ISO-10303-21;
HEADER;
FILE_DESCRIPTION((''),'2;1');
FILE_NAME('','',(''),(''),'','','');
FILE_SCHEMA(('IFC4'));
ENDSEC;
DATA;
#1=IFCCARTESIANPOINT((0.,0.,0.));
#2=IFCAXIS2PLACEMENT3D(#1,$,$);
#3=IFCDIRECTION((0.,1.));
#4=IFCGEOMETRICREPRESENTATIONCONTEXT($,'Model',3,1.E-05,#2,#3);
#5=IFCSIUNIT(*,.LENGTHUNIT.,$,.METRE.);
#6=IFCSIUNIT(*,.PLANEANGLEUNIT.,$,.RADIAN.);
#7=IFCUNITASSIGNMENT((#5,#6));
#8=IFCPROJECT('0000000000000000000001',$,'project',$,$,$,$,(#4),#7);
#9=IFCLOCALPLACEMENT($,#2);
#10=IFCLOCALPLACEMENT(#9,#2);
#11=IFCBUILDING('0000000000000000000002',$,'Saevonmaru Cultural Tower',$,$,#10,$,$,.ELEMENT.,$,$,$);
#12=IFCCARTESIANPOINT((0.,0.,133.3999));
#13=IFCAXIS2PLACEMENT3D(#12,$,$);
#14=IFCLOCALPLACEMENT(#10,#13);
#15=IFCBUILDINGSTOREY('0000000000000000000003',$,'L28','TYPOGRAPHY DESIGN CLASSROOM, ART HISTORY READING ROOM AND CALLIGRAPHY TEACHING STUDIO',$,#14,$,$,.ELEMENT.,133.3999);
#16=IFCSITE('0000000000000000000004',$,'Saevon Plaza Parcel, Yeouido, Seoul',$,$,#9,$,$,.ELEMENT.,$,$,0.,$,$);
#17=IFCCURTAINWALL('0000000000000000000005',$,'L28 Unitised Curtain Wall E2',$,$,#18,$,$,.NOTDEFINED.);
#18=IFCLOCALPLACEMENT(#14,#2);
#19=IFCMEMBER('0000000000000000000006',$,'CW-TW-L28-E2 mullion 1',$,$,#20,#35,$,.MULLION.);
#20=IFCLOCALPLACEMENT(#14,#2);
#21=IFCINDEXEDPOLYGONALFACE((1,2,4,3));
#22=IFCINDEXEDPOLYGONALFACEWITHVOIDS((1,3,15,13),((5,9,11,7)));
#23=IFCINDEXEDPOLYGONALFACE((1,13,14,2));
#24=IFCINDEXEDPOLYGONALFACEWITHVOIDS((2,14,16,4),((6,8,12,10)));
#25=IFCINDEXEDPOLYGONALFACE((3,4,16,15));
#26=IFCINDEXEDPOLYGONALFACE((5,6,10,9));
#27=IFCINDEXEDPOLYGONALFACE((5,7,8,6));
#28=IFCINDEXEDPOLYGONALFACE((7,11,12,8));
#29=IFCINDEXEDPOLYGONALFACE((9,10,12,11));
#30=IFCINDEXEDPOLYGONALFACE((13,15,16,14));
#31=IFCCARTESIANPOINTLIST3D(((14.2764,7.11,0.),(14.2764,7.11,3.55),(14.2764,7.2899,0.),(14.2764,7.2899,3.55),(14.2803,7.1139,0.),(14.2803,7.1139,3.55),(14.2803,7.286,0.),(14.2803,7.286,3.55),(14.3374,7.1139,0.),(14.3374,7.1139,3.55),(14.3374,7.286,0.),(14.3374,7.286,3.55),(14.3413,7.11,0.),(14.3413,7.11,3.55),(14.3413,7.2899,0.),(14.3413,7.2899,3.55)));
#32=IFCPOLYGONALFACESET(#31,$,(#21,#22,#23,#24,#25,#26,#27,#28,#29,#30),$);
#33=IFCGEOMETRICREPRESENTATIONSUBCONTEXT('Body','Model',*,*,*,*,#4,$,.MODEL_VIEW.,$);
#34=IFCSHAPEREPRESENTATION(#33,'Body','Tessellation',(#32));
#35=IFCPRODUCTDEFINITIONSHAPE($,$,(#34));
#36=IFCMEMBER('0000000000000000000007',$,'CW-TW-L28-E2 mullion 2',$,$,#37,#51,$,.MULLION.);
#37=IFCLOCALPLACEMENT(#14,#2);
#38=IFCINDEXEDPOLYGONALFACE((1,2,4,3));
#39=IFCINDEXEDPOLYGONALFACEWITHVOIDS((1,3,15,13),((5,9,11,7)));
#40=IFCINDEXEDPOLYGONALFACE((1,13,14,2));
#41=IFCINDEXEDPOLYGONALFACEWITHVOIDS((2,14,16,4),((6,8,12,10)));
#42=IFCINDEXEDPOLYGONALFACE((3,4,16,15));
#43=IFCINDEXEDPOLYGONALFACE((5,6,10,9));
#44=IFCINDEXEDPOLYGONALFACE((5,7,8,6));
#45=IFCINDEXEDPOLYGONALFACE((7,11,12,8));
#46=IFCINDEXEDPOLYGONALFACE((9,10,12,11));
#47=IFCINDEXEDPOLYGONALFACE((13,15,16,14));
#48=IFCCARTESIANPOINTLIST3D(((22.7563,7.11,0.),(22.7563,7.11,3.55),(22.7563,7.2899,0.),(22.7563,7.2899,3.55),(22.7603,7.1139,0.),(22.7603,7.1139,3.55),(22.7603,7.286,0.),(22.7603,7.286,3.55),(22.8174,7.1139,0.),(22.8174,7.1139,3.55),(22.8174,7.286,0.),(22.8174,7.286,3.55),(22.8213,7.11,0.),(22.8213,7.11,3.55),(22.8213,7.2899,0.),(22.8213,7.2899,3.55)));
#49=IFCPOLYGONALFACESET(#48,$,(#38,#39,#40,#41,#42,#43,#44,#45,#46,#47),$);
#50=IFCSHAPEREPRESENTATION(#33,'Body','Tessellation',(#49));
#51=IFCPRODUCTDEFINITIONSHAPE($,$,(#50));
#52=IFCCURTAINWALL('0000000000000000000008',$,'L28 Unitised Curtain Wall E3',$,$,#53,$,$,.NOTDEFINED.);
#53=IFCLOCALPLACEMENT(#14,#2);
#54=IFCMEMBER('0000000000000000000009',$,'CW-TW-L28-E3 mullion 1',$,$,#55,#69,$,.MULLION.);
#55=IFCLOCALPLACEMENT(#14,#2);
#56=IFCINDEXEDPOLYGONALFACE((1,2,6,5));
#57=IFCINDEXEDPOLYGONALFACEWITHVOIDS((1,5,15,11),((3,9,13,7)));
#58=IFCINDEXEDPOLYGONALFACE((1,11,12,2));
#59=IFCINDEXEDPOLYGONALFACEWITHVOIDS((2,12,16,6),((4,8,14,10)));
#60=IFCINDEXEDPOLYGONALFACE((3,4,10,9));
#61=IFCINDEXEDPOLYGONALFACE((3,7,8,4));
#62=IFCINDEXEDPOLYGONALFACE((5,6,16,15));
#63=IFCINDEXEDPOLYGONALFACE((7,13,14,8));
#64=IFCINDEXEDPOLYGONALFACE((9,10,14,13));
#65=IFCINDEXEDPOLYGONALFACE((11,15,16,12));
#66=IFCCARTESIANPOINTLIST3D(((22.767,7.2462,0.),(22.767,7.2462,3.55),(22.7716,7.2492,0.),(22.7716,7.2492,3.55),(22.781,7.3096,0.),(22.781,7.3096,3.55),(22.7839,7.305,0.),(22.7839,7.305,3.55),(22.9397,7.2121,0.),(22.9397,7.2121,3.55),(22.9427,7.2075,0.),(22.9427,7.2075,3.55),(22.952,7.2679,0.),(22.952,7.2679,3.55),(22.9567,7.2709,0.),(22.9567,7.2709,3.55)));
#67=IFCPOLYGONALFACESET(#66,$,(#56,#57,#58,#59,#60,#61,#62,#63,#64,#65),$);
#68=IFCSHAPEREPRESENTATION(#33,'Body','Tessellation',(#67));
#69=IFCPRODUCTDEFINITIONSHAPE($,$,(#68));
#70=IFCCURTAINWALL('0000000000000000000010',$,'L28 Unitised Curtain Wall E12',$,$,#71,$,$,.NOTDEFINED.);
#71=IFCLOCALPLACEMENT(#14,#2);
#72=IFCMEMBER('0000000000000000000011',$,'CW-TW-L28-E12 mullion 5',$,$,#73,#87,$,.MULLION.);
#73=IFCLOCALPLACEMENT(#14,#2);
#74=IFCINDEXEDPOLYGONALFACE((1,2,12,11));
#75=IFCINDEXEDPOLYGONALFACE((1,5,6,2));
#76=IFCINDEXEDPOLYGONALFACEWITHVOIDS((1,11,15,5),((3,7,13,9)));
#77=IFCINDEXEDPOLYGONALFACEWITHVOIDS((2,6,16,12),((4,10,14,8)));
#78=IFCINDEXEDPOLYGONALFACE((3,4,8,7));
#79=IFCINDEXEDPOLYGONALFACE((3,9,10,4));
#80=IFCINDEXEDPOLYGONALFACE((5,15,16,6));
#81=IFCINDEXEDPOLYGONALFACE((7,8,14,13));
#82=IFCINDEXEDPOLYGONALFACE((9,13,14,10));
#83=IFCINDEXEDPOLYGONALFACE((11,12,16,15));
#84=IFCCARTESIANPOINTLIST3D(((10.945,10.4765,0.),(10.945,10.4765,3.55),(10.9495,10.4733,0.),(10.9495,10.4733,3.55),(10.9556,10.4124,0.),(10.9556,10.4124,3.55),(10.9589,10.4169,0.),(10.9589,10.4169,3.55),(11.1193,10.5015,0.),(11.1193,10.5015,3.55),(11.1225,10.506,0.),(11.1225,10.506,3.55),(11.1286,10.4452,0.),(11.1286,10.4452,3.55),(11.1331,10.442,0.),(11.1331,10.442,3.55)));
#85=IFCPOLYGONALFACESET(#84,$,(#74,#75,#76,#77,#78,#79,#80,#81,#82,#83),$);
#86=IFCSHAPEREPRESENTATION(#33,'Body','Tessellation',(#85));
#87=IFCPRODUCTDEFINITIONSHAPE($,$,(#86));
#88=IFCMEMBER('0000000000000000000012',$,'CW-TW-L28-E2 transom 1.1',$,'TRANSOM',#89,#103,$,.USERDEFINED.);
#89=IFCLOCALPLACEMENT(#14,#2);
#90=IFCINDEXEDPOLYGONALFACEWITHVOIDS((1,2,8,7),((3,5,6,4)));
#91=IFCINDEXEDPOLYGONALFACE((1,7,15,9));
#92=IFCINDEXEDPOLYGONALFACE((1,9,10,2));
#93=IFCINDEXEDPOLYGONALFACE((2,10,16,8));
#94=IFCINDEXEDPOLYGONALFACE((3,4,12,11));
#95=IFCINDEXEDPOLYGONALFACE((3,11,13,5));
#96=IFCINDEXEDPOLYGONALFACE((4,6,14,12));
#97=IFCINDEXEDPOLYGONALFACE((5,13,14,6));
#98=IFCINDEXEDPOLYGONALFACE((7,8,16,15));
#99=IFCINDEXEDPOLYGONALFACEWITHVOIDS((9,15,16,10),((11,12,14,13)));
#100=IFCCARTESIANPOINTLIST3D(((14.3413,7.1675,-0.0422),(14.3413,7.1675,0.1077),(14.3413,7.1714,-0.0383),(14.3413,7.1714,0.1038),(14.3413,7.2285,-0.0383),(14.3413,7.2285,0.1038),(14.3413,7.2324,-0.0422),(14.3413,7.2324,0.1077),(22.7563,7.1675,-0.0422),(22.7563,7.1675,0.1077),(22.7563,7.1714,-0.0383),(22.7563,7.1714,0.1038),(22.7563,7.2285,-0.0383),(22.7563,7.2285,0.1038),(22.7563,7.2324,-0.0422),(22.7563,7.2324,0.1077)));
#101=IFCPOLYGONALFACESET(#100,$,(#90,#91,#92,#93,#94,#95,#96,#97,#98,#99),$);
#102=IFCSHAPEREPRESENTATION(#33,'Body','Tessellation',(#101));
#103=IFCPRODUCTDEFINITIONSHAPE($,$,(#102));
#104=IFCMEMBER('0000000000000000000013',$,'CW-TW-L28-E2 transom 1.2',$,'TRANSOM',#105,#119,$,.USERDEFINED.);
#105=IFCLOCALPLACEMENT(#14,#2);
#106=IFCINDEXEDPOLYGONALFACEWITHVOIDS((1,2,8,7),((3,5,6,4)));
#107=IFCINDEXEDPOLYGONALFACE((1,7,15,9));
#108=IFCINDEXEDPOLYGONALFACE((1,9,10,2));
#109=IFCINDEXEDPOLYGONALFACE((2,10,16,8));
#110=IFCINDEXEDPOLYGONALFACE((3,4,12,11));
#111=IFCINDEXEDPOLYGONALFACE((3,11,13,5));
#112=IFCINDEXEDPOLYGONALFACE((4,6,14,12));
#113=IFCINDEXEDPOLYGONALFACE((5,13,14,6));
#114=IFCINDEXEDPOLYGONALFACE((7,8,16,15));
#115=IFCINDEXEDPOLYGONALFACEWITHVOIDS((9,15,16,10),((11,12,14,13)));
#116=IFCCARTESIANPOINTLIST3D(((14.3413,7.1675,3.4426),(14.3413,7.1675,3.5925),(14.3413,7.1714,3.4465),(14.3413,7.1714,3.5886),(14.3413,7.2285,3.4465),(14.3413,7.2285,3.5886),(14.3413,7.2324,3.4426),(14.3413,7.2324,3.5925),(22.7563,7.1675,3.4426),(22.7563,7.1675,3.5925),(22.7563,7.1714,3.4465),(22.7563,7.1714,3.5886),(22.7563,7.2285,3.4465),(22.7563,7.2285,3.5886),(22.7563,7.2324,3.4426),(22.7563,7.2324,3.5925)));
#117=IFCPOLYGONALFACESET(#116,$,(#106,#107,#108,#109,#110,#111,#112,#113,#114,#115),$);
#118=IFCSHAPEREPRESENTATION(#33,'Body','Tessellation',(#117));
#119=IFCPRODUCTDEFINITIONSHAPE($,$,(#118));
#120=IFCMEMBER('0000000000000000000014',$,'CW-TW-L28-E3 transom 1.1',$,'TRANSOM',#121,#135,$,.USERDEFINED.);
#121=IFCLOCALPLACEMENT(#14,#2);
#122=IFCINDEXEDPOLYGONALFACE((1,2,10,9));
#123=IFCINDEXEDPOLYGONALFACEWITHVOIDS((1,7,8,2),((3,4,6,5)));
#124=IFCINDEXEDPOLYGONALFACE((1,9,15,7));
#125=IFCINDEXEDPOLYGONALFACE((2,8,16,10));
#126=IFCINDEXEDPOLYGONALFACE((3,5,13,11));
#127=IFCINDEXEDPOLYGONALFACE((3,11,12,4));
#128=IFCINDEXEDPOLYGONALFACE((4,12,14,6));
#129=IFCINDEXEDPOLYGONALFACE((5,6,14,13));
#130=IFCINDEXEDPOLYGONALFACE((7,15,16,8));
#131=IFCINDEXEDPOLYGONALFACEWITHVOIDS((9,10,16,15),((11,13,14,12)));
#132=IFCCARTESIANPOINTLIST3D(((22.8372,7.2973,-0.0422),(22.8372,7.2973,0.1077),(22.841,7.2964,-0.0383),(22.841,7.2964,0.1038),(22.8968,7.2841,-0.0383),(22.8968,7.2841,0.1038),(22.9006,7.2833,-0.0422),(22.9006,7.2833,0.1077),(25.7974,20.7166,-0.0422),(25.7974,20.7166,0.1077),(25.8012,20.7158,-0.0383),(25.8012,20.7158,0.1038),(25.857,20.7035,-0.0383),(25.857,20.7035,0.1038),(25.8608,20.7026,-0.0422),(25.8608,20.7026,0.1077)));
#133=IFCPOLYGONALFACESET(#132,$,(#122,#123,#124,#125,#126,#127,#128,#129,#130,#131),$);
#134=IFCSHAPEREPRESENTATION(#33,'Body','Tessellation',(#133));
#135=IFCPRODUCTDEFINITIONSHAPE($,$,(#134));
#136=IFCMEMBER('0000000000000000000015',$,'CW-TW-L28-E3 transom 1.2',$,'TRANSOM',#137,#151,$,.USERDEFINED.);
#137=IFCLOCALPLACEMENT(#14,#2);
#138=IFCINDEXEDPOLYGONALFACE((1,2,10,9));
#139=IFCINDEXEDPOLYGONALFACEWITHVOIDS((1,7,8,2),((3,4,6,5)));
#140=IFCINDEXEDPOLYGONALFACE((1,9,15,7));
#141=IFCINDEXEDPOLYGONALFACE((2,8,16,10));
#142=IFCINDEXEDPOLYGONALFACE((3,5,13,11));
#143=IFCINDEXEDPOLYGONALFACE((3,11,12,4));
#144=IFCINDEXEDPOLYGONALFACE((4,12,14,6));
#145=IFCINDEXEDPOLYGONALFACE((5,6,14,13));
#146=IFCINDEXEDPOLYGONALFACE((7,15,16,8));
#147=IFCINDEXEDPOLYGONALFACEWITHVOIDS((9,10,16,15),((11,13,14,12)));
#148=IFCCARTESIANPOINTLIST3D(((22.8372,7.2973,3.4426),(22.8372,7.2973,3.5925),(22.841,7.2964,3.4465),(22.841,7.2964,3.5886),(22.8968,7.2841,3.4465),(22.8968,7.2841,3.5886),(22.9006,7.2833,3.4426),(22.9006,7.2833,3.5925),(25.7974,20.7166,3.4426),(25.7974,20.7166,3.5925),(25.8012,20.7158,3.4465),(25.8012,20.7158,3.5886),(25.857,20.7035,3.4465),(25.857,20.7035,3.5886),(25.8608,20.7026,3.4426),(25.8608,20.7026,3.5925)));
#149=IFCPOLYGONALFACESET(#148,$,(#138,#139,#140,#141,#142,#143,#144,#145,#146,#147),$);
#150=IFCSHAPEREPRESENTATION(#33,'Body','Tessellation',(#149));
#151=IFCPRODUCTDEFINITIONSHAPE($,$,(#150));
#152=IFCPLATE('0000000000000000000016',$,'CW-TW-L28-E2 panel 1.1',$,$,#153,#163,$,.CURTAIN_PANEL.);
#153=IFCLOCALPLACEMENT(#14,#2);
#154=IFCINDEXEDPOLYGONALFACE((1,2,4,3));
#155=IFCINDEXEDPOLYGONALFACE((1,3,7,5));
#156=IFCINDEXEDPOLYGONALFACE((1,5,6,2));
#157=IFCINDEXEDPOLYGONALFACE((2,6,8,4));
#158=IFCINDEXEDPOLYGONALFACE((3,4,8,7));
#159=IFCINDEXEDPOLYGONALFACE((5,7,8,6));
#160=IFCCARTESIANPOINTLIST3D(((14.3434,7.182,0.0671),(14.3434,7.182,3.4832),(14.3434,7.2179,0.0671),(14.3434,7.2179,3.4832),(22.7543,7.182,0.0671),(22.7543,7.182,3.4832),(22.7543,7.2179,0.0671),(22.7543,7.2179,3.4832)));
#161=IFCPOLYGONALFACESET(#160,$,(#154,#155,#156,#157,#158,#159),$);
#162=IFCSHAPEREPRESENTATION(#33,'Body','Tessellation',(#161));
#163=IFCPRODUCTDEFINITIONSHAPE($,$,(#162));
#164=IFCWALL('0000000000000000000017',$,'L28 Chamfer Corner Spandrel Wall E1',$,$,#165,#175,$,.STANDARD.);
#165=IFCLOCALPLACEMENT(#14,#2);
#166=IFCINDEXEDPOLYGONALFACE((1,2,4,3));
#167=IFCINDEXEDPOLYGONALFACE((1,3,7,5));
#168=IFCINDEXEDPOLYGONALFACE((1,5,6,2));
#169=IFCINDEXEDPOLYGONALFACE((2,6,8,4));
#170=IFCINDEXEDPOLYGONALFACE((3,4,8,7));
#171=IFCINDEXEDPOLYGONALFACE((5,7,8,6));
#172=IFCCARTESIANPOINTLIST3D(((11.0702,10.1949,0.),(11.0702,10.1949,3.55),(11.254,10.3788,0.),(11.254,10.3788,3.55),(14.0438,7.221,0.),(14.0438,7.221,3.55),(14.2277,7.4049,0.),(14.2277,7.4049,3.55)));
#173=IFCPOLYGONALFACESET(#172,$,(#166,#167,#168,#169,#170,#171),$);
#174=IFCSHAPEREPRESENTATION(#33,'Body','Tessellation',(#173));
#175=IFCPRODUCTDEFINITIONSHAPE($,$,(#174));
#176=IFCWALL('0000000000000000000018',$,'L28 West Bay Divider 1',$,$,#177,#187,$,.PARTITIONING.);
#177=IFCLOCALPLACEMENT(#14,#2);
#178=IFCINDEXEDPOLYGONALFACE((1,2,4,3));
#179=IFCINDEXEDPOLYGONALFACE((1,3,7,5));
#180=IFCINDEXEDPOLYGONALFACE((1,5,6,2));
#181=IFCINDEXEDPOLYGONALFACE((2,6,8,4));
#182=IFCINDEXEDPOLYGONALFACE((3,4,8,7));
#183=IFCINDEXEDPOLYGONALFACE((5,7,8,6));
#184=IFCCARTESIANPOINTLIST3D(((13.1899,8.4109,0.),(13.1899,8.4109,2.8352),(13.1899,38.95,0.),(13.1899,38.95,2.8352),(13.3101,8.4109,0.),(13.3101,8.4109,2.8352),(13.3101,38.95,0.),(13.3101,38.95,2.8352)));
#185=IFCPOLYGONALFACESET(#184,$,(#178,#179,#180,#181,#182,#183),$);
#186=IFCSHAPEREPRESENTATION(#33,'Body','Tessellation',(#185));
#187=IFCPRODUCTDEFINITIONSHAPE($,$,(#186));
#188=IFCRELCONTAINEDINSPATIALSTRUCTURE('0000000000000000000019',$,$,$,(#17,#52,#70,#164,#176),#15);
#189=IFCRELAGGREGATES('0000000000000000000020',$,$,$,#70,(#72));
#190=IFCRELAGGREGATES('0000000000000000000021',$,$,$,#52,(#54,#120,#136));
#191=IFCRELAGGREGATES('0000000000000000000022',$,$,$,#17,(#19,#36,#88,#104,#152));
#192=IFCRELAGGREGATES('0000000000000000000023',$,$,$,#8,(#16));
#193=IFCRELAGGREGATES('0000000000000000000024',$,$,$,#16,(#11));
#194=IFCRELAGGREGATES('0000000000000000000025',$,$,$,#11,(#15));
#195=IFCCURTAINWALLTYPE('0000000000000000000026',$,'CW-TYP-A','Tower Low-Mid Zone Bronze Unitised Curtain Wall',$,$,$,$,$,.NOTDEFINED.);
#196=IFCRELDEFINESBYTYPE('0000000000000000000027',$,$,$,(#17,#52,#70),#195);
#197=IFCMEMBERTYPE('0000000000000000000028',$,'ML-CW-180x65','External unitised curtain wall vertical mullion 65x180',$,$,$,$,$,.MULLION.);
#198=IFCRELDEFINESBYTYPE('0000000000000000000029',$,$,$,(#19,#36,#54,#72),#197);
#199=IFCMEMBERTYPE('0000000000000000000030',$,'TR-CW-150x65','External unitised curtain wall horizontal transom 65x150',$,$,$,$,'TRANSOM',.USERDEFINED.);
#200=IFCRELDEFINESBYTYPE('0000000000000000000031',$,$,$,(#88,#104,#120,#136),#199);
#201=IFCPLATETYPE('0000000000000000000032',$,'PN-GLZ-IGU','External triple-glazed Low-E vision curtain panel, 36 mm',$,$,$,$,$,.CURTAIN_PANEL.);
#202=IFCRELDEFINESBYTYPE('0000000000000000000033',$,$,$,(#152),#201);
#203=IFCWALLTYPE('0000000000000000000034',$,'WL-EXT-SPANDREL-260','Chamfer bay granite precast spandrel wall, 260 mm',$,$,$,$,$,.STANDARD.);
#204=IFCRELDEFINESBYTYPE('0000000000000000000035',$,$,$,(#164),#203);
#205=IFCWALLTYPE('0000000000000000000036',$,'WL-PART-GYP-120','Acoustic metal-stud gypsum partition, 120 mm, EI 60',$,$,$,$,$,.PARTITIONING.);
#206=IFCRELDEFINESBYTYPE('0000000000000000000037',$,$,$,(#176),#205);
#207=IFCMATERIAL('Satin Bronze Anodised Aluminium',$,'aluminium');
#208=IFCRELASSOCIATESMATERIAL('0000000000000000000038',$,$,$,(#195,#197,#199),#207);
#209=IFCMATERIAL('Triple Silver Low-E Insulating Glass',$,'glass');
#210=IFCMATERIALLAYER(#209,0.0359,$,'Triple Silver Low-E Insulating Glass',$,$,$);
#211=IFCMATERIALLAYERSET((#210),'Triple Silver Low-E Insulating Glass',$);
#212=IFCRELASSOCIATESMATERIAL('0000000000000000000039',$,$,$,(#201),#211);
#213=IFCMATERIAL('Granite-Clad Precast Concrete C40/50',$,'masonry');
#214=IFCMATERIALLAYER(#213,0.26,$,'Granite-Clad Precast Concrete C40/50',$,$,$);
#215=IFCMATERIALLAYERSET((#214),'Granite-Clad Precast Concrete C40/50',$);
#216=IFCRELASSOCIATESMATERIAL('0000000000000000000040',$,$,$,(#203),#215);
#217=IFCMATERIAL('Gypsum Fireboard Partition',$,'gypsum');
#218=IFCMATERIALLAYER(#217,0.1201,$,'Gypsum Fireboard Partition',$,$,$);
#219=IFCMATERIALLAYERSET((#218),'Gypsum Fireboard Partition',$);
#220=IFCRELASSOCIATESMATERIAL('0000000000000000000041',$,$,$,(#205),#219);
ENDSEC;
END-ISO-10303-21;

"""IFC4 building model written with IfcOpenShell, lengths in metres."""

from ifc_helpers import new_model, si_unit, direction, frame, frame_2d, origin, origin_2d, place, context, subcontext, project, spatial, rectangle, hollow_rectangle, extrude, material, layer, layer_set, material_profile, profile_set, type_object, element, aggregate, save


model = new_model("IFC4")

# Units and contexts
model_context = context("Model", 3, precision=1e-05, world=origin(), true_north=direction((0.0, 1.0)))
body_context = subcontext(model_context, "Body", "Model", "MODEL_VIEW")
ifc_project = project(units=[si_unit("LENGTHUNIT", "METRE"), si_unit("PLANEANGLEUNIT", "RADIAN")], contexts=[model_context])

# Site, building, storey
site_placement = place(None, origin())
site = spatial("IfcSite", under=ifc_project, at=site_placement, Name="Saevon Plaza Parcel, Yeouido, Seoul", CompositionType="ELEMENT", RefElevation=0.0)
building_placement = place(site_placement, origin())
building = spatial("IfcBuilding", under=site, at=building_placement, Name="Saevonmaru Cultural Tower", CompositionType="ELEMENT")
storey_placement = place(building_placement, frame((0.0, 0.0, 133.3999)))
storey = spatial("IfcBuildingStorey", under=building, at=storey_placement, Name="L28", Description="TYPOGRAPHY DESIGN CLASSROOM, ART HISTORY READING ROOM AND CALLIGRAPHY TEACHING STUDIO", CompositionType="ELEMENT", Elevation=133.3999)

# Curtain wall, members
ifc_material_1 = material(Name="Satin Bronze Anodised Aluminium", Category="aluminium")
curtain_wall_type = type_object("IfcCurtainWallType", Name="CW-TYP-A", Description="Tower Low-Mid Zone Bronze Unitised Curtain Wall", PredefinedType="NOTDEFINED", material=ifc_material_1)
curtain_wall_1_placement = place(storey_placement, origin())
curtain_wall_1 = element("IfcCurtainWall", 1, at=curtain_wall_1_placement, inside=storey, type_object=curtain_wall_type, Name="L28 Unitised Curtain Wall E2", PredefinedType="NOTDEFINED")
ifc_material_profile_1 = material_profile(ifc_material_1, hollow_rectangle(XDim=0.0649, YDim=0.1799, WallThickness=0.0039, at=origin_2d()), Name="ALU-MULL-180x65x4")
ifc_profile_set_1 = profile_set([ifc_material_profile_1], Name="Satin Bronze Anodised Aluminium")
member_type_1 = type_object("IfcMemberType", Name="ML-CW-180x65", Description="External unitised curtain wall vertical mullion 65x180", PredefinedType="MULLION", material=ifc_profile_set_1)
member_1_placement = place(storey_placement, frame((14.3088, 7.2, 0.0), z_axis=(0.0, 0.0, 1.0), x_axis=(1.0, 0.0, 0.0)))
member_1 = element("IfcMember", 2, at=member_1_placement, type_object=member_type_1, Name="CW-TW-L28-E2 mullion 1", PredefinedType="MULLION", context=body_context, shape_type="SweptSolid", body=[
    extrude(hollow_rectangle(XDim=0.0649, YDim=0.1799, WallThickness=0.0039, at=origin_2d()), origin(), (0.0, 0.0, 1.0), 3.55),
])
member_2_placement = place(storey_placement, frame((22.7888, 7.2, 0.0), z_axis=(0.0, 0.0, 1.0), x_axis=(1.0, 0.0, 0.0)))
member_2 = element("IfcMember", 3, at=member_2_placement, type_object=member_type_1, Name="CW-TW-L28-E2 mullion 2", PredefinedType="MULLION", context=body_context, shape_type="SweptSolid", body=[
    extrude(hollow_rectangle(XDim=0.0649, YDim=0.1799, WallThickness=0.0039, at=origin_2d()), origin(), (0.0, 0.0, 1.0), 3.55),
])

# Curtain walls, members
curtain_wall_2_placement = place(storey_placement, origin())
curtain_wall_2 = element("IfcCurtainWall", 4, at=curtain_wall_2_placement, inside=storey, type_object=curtain_wall_type, Name="L28 Unitised Curtain Wall E3", PredefinedType="NOTDEFINED")
member_3_placement = place(storey_placement, frame((22.8618, 7.2585, 0.0), z_axis=(0.0, 0.0, 1.0), x_axis=(0.215413, 0.976523, 0.0)))
member_3 = element("IfcMember", 5, at=member_3_placement, type_object=member_type_1, Name="CW-TW-L28-E3 mullion 1", PredefinedType="MULLION", context=body_context, shape_type="SweptSolid", body=[
    extrude(hollow_rectangle(XDim=0.0649, YDim=0.1799, WallThickness=0.0039, at=origin_2d()), origin(), (0.0, 0.0, 1.0), 3.55),
])
curtain_wall_3_placement = place(storey_placement, origin())
curtain_wall_3 = element("IfcCurtainWall", 6, at=curtain_wall_3_placement, inside=storey, type_object=curtain_wall_type, Name="L28 Unitised Curtain Wall E12", PredefinedType="NOTDEFINED")
member_4_placement = place(storey_placement, frame((11.0391, 10.4592, 0.0), z_axis=(0.0, 0.0, 1.0), x_axis=(0.163999, -0.986461, 0.0)))
member_4 = element("IfcMember", 7, at=member_4_placement, type_object=member_type_1, Name="CW-TW-L28-E12 mullion 5", PredefinedType="MULLION", context=body_context, shape_type="SweptSolid", body=[
    extrude(hollow_rectangle(XDim=0.0649, YDim=0.1799, WallThickness=0.0039, at=origin_2d()), origin(), (0.0, 0.0, 1.0), 3.55),
])
aggregate(curtain_wall_3, [member_4])

# Members
ifc_material_profile_2 = material_profile(ifc_material_1, hollow_rectangle(XDim=0.0649, YDim=0.1499, WallThickness=0.0039, at=origin_2d()), Name="ALU-TRAN-150x65x4")
ifc_profile_set_2 = profile_set([ifc_material_profile_2], Name="Satin Bronze Anodised Aluminium")
member_type_2 = type_object("IfcMemberType", Name="TR-CW-150x65", Description="External unitised curtain wall horizontal transom 65x150", ElementType="TRANSOM", PredefinedType="USERDEFINED", material=ifc_profile_set_2)
member_5_placement = place(storey_placement, frame((14.3413, 7.2, 0.0327), z_axis=(1.0, 0.0, 0.0), x_axis=(0.0, 1.0, 0.0)))
member_5 = element("IfcMember", 8, at=member_5_placement, type_object=member_type_2, Name="CW-TW-L28-E2 transom 1.1", ObjectType="TRANSOM", PredefinedType="USERDEFINED", context=body_context, shape_type="SweptSolid", body=[
    extrude(hollow_rectangle(XDim=0.0649, YDim=0.1499, WallThickness=0.0039, at=origin_2d()), origin(), (0.0, 0.0, 1.0), 8.415),
])
member_6_placement = place(storey_placement, frame((14.3413, 7.2, 3.5176), z_axis=(1.0, 0.0, 0.0), x_axis=(0.0, 1.0, 0.0)))
member_6 = element("IfcMember", 9, at=member_6_placement, type_object=member_type_2, Name="CW-TW-L28-E2 transom 1.2", ObjectType="TRANSOM", PredefinedType="USERDEFINED", context=body_context, shape_type="SweptSolid", body=[
    extrude(hollow_rectangle(XDim=0.0649, YDim=0.1499, WallThickness=0.0039, at=origin_2d()), origin(), (0.0, 0.0, 1.0), 8.415),
])
member_7_placement = place(storey_placement, frame((22.8689, 7.2903, 0.0327), z_axis=(0.215412, 0.976523, 0.0), x_axis=(-0.976523, 0.215412, 0.0)))
member_7 = element("IfcMember", 10, at=member_7_placement, type_object=member_type_2, Name="CW-TW-L28-E3 transom 1.1", ObjectType="TRANSOM", PredefinedType="USERDEFINED", context=body_context, shape_type="SweptSolid", body=[
    extrude(hollow_rectangle(XDim=0.0649, YDim=0.1499, WallThickness=0.0039, at=origin_2d()), origin(), (0.0, 0.0, 1.0), 13.7419),
])
member_8_placement = place(storey_placement, frame((22.8689, 7.2903, 3.5176), z_axis=(0.215412, 0.976523, 0.0), x_axis=(-0.976523, 0.215412, 0.0)))
member_8 = element("IfcMember", 11, at=member_8_placement, type_object=member_type_2, Name="CW-TW-L28-E3 transom 1.2", ObjectType="TRANSOM", PredefinedType="USERDEFINED", context=body_context, shape_type="SweptSolid", body=[
    extrude(hollow_rectangle(XDim=0.0649, YDim=0.1499, WallThickness=0.0039, at=origin_2d()), origin(), (0.0, 0.0, 1.0), 13.7419),
])
aggregate(curtain_wall_2, [member_3, member_7, member_8])

# Plate
ifc_material_2 = material(Name="Triple Silver Low-E Insulating Glass", Category="glass")
ifc_layer_1 = layer(ifc_material_2, 0.0359, Name="Triple Silver Low-E Insulating Glass")
ifc_layer_set_1 = layer_set([ifc_layer_1], Name="Triple Silver Low-E Insulating Glass")
plate_type = type_object("IfcPlateType", Name="PN-GLZ-IGU", Description="External triple-glazed Low-E vision curtain panel, 36 mm", PredefinedType="CURTAIN_PANEL", material=ifc_layer_set_1)
plate_placement = place(storey_placement, frame((18.5488, 7.2, 0.0671), z_axis=(0.0, 0.0, 1.0), x_axis=(1.0, 0.0, 0.0)))
plate = element("IfcPlate", 12, at=plate_placement, type_object=plate_type, Name="CW-TW-L28-E2 panel 1.1", PredefinedType="CURTAIN_PANEL", context=body_context, shape_type="SweptSolid", body=[
    extrude(rectangle(XDim=8.4109, YDim=0.0359, at=origin_2d()), origin(), (0.0, 0.0, 1.0), 3.416),
])
aggregate(curtain_wall_1, [member_1, member_2, member_5, member_6, plate])

# Walls
ifc_material_3 = material(Name="Granite-Clad Precast Concrete C40/50", Category="masonry")
ifc_layer_2 = layer(ifc_material_3, 0.26, Name="Granite-Clad Precast Concrete C40/50")
ifc_layer_set_2 = layer_set([ifc_layer_2], Name="Granite-Clad Precast Concrete C40/50")
wall_type_1 = type_object("IfcWallType", Name="WL-EXT-SPANDREL-260", Description="Chamfer bay granite precast spandrel wall, 260 mm", PredefinedType="STANDARD", material=ifc_layer_set_2)
wall_1_placement = place(storey_placement, frame((11.1621, 10.2869, 0.0), z_axis=(0.0, 0.0, 1.0), x_axis=(0.707078, -0.707136, 0.0)))
element("IfcWall", 13, at=wall_1_placement, inside=storey, type_object=wall_type_1, Name="L28 Chamfer Corner Spandrel Wall E1", PredefinedType="STANDARD", context=body_context, shape_type="SweptSolid", body=[
    extrude(rectangle(XDim=4.2056, YDim=0.26, at=frame_2d((2.1028, 0.0))), origin(), (0.0, 0.0, 1.0), 3.55),
])
ifc_material_4 = material(Name="Gypsum Fireboard Partition", Category="gypsum")
ifc_layer_3 = layer(ifc_material_4, 0.1201, Name="Gypsum Fireboard Partition")
ifc_layer_set_3 = layer_set([ifc_layer_3], Name="Gypsum Fireboard Partition")
wall_type_2 = type_object("IfcWallType", Name="WL-PART-GYP-120", Description="Acoustic metal-stud gypsum partition, 120 mm, EI 60", PredefinedType="PARTITIONING", material=ifc_layer_set_3)
wall_2_placement = place(storey_placement, frame((13.25, 8.4109, 0.0), z_axis=(0.0, 0.0, 1.0), x_axis=(0.0, 1.0, 0.0)))
element("IfcWall", 14, at=wall_2_placement, inside=storey, type_object=wall_type_2, Name="L28 West Bay Divider 1", PredefinedType="PARTITIONING", context=body_context, shape_type="SweptSolid", body=[
    extrude(rectangle(XDim=30.5391, YDim=0.1201, at=frame_2d((15.2695, 0.0))), origin(), (0.0, 0.0, 1.0), 2.8352),
])

save(model, "model.ifc")
